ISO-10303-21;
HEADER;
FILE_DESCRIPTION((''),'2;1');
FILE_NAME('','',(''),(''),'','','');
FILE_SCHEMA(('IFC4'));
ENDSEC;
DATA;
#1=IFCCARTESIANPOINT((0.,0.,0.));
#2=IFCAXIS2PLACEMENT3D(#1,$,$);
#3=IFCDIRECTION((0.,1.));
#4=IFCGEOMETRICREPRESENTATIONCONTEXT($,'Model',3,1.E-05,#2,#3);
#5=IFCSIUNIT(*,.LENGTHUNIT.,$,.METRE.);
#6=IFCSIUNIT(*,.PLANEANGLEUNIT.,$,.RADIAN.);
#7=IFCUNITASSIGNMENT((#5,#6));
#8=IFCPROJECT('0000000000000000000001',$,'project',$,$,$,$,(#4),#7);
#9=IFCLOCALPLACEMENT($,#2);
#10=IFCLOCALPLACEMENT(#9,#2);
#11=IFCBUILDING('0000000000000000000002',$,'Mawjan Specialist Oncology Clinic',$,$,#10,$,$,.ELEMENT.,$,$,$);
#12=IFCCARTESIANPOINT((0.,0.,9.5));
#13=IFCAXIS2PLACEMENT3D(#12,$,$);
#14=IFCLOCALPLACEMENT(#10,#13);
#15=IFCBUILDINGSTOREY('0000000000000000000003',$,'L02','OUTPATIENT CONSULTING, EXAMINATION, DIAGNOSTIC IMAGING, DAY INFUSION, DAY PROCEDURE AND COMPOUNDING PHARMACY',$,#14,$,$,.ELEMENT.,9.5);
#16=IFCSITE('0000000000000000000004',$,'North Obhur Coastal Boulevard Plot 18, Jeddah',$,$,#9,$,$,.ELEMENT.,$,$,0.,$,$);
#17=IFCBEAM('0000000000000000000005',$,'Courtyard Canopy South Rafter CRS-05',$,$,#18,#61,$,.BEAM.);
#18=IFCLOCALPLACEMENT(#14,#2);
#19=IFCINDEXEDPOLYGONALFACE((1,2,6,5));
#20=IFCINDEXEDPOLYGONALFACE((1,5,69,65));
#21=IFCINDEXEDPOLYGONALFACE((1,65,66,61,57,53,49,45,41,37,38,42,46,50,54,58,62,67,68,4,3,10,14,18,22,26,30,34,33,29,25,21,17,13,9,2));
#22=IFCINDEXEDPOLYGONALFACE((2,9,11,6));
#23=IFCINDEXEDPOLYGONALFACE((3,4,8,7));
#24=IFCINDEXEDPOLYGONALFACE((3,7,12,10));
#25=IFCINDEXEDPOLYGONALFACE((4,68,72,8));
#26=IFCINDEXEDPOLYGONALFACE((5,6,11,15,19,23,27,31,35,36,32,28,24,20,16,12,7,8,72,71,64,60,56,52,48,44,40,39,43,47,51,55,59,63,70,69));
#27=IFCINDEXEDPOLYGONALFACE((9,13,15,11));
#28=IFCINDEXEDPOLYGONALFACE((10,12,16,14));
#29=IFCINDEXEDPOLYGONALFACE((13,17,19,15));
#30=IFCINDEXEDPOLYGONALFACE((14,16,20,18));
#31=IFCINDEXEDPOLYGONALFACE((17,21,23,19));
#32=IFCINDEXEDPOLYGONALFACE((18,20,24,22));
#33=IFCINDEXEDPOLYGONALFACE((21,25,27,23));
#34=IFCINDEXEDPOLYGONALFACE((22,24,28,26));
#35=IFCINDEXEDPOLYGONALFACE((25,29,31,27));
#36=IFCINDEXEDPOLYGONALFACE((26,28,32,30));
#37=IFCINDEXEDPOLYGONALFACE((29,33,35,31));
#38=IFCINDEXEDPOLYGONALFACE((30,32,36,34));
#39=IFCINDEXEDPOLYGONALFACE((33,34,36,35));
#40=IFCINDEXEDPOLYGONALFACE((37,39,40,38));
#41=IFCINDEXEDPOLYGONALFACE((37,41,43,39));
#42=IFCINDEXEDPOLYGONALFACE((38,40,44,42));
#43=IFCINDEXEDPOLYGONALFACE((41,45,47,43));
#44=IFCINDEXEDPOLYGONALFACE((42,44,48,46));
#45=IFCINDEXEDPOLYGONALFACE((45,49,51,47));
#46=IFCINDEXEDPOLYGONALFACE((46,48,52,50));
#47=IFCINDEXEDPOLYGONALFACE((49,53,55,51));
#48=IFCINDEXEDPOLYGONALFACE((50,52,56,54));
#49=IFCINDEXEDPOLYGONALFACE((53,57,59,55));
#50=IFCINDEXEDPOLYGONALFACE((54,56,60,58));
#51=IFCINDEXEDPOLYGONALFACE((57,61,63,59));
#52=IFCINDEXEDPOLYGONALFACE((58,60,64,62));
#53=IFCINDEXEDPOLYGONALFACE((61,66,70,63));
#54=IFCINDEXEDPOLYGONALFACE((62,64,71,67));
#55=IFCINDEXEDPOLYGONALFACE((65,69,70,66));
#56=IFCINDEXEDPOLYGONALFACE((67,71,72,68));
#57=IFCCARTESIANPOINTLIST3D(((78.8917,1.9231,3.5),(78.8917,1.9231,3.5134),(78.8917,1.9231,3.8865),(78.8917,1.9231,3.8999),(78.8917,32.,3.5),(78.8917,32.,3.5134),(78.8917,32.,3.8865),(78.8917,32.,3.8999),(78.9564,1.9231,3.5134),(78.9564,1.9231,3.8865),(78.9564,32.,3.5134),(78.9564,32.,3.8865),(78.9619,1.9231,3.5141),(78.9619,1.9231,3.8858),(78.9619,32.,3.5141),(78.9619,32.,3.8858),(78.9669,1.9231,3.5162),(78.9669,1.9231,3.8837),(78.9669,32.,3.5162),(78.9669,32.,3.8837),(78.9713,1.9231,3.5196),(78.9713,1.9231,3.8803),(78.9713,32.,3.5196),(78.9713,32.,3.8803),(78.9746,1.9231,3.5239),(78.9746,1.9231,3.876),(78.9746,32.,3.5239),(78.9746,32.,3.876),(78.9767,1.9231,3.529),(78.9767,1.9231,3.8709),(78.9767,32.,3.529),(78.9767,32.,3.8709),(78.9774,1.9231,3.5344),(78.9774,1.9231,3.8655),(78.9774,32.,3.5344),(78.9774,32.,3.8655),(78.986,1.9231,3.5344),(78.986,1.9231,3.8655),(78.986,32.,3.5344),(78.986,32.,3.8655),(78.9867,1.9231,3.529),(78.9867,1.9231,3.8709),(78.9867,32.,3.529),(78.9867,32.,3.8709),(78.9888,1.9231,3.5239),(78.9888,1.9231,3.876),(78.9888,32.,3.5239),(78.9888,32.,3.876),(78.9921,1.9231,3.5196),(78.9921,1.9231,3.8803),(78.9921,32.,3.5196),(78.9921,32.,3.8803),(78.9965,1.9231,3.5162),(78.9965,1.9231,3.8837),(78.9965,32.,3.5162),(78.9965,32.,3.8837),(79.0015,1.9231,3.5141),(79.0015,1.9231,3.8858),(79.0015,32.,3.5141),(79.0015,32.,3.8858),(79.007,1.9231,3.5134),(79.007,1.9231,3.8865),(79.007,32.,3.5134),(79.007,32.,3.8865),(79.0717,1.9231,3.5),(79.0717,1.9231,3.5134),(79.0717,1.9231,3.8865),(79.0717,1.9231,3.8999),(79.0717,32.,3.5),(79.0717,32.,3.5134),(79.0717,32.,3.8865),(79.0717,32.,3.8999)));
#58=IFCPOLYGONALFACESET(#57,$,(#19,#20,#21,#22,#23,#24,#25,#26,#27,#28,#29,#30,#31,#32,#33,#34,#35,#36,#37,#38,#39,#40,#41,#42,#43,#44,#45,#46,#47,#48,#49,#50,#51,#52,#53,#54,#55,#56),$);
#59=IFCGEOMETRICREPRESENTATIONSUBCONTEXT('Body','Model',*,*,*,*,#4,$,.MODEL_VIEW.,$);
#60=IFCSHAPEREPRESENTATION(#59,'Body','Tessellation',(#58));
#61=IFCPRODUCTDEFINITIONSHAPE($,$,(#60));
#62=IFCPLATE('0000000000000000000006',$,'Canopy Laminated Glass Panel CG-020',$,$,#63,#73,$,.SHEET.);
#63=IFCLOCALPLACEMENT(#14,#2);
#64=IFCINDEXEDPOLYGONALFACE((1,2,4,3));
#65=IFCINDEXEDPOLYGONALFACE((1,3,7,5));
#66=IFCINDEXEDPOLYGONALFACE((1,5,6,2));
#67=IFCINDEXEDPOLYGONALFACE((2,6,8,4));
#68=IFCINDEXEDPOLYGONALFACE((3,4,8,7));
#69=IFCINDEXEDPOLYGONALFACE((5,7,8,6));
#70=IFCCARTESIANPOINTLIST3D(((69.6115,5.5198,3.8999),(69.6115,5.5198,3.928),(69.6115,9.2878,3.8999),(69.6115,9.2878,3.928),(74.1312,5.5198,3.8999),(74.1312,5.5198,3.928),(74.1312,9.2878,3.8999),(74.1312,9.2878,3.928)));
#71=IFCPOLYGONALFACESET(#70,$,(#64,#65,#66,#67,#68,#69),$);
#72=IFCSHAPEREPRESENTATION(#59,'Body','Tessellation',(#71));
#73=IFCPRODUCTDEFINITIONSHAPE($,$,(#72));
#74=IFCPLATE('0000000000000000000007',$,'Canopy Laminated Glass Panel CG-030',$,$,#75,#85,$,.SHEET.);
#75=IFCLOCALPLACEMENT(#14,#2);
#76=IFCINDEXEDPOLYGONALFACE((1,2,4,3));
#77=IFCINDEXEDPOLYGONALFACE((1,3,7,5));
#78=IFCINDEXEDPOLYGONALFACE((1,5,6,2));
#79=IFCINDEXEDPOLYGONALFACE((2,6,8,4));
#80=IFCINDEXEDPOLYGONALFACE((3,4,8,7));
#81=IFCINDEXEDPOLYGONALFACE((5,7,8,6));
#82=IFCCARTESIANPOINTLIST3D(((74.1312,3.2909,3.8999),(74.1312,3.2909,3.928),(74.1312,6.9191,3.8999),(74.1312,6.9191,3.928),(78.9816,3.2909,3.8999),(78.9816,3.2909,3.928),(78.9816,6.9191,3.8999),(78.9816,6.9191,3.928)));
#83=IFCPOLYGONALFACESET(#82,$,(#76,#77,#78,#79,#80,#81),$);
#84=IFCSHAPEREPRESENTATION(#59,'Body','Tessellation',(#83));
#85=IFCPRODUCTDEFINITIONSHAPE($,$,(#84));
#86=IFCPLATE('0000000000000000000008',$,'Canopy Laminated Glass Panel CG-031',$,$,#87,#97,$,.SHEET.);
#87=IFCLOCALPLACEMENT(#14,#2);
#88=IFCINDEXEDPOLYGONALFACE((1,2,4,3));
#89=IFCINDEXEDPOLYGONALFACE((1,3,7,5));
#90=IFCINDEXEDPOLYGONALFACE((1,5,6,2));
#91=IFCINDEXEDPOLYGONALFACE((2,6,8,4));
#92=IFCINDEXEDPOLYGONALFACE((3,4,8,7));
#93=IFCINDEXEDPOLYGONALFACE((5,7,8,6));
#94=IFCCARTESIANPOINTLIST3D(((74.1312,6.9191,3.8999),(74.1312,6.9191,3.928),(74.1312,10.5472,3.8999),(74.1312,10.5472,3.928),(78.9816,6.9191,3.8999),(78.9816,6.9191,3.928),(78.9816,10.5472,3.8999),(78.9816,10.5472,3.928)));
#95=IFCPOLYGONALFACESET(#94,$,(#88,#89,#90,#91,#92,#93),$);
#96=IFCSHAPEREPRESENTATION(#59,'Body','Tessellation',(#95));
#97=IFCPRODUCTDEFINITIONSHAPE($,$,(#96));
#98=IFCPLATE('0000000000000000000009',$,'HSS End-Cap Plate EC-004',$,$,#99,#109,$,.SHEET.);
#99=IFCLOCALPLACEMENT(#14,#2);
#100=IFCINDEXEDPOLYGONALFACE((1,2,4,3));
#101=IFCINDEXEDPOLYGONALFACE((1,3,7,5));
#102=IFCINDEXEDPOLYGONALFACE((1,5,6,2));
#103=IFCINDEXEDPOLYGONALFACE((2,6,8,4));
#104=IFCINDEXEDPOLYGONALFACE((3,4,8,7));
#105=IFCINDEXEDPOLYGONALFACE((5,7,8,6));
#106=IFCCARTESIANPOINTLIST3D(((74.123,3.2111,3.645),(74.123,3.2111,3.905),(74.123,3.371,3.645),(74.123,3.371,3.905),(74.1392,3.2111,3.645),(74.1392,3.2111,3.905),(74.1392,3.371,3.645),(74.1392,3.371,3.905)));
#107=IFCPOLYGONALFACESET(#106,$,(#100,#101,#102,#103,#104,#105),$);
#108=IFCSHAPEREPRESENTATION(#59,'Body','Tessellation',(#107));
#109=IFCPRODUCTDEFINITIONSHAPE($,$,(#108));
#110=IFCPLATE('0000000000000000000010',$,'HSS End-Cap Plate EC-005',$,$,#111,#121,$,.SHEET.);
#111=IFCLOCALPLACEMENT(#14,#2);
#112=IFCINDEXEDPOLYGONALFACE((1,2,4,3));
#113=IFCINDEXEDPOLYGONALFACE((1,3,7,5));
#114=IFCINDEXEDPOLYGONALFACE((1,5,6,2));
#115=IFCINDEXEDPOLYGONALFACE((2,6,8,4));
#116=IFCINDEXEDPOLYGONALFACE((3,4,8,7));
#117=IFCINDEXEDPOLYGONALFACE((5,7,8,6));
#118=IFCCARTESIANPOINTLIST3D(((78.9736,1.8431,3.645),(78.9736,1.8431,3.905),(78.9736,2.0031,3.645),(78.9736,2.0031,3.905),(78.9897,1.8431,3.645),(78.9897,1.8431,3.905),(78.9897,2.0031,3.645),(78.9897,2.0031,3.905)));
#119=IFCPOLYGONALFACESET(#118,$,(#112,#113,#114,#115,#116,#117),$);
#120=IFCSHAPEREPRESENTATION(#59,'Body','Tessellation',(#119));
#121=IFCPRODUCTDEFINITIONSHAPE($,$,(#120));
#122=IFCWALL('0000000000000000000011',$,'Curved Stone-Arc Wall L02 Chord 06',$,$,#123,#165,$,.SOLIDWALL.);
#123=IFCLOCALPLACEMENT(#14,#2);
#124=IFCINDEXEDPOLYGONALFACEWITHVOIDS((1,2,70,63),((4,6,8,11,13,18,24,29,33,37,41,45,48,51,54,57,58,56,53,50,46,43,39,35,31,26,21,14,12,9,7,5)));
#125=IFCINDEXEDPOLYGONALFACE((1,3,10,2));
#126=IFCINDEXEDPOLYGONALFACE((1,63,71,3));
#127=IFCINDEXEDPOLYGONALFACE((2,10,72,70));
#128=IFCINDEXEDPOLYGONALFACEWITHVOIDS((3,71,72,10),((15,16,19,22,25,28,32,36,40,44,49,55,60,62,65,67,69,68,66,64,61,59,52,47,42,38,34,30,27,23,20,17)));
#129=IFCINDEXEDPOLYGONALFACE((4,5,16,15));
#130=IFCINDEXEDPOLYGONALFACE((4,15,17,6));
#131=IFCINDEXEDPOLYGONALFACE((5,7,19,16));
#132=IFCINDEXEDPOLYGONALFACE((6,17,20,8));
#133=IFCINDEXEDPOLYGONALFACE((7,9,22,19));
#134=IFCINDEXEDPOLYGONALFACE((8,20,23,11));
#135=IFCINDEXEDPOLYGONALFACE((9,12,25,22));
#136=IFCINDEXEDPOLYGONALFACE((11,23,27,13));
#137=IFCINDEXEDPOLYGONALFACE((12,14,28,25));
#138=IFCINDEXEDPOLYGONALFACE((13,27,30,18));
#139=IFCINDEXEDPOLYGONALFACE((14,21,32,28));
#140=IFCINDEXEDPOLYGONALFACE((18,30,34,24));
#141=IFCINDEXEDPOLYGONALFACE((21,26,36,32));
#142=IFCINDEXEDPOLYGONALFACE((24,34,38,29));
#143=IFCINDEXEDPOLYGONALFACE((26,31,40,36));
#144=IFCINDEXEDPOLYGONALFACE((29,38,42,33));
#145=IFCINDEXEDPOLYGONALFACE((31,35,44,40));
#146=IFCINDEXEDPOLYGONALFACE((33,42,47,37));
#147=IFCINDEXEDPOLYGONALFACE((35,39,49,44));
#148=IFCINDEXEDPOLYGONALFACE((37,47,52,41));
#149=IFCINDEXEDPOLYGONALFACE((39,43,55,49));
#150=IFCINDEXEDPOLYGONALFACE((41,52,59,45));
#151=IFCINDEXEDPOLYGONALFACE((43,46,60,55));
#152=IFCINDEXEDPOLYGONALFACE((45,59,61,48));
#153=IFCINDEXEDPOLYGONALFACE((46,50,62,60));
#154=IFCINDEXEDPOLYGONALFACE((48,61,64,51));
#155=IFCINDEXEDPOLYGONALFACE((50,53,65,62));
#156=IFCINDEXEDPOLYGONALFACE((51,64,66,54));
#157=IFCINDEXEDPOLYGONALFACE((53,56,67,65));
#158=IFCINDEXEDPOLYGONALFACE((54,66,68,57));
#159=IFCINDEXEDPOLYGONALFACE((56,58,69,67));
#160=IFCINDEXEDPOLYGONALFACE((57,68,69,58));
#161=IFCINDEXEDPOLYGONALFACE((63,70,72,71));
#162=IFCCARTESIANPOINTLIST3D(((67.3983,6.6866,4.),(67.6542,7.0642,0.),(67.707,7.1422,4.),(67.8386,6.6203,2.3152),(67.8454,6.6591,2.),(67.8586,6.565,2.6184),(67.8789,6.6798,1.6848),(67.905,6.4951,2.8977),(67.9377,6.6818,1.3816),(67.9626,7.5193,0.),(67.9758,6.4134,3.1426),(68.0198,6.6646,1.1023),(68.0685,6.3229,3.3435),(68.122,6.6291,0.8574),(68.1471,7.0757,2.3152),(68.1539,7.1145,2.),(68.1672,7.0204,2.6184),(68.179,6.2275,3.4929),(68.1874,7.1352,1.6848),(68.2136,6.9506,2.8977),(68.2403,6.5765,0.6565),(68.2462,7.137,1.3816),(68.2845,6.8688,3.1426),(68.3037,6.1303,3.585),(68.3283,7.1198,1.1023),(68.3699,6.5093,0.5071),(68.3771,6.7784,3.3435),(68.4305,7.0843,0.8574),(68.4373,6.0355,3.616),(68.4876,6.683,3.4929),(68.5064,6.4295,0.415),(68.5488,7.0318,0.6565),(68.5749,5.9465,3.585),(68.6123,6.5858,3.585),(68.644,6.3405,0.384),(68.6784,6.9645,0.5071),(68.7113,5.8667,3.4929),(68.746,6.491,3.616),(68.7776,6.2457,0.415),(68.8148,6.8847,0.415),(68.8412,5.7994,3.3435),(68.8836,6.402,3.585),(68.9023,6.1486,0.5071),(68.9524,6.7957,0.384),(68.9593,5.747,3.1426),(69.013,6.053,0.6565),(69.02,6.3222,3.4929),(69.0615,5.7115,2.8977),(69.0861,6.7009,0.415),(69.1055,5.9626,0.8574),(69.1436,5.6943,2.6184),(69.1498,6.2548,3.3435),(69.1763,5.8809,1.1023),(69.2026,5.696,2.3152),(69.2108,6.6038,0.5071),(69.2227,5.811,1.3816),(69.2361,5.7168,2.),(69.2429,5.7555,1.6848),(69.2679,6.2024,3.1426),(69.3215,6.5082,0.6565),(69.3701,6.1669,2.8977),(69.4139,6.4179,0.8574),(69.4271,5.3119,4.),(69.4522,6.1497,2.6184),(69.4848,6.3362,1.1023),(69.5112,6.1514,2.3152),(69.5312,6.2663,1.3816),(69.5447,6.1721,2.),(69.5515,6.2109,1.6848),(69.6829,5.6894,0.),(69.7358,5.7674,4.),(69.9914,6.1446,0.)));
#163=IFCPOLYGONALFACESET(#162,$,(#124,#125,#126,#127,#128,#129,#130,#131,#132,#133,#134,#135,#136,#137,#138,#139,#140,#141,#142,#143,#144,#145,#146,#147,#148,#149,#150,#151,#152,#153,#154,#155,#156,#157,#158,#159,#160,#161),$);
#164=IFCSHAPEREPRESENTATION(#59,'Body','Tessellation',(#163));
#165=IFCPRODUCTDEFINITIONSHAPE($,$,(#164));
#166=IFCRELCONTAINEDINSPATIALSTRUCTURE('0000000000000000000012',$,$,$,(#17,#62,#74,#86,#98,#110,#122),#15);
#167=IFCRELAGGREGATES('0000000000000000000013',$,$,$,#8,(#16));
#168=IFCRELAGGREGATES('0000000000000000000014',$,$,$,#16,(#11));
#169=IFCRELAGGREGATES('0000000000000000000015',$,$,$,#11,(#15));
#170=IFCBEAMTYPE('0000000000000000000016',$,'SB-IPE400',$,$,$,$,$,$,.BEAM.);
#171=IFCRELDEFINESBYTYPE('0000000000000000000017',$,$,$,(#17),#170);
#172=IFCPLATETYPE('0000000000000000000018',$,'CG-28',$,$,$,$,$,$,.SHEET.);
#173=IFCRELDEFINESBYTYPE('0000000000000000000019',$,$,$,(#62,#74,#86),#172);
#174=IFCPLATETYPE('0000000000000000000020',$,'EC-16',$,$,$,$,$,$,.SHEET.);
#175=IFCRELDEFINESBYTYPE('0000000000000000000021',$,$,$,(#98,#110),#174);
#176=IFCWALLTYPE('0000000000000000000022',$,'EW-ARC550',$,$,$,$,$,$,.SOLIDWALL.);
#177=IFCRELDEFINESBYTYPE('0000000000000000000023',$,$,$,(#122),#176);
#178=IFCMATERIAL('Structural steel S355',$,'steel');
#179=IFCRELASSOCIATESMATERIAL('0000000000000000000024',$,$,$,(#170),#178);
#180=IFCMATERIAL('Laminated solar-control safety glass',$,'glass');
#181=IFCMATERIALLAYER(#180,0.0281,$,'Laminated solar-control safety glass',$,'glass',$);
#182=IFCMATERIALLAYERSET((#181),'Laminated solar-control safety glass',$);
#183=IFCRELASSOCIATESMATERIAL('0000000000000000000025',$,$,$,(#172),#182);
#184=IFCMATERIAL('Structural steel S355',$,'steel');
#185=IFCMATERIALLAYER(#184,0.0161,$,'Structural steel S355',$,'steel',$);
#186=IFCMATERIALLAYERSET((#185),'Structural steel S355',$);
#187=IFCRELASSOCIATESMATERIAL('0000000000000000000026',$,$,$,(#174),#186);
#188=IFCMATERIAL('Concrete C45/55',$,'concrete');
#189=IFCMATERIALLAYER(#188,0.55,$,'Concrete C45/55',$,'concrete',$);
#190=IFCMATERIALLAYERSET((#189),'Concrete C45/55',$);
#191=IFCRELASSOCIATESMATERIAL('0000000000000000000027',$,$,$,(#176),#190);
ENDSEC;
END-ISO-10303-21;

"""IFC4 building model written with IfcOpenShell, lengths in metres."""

from ifc_helpers import new_model, si_unit, direction, frame, origin, origin_2d, place, context, subcontext, project, spatial, polyline, rectangle, i_section, outline, extrude, material, layer, layer_set, material_profile, profile_set, type_object, element, save


model = new_model("IFC4")

# Units and contexts
model_context = context("Model", 3, precision=1e-05, world=origin(), true_north=direction((0.0, 1.0)))
body_context = subcontext(model_context, "Body", "Model", "MODEL_VIEW")
ifc_project = project(units=[si_unit("LENGTHUNIT", "METRE"), si_unit("PLANEANGLEUNIT", "RADIAN")], contexts=[model_context])

# Site, building, storey
site_placement = place(None, origin())
site = spatial("IfcSite", under=ifc_project, at=site_placement, Name="North Obhur Coastal Boulevard Plot 18, Jeddah", CompositionType="ELEMENT", RefElevation=0.0)
building_placement = place(site_placement, origin())
building = spatial("IfcBuilding", under=site, at=building_placement, Name="Mawjan Specialist Oncology Clinic", CompositionType="ELEMENT")
storey_placement = place(building_placement, frame((0.0, 0.0, 9.5)))
storey = spatial("IfcBuildingStorey", under=building, at=storey_placement, Name="L02", Description="OUTPATIENT CONSULTING, EXAMINATION, DIAGNOSTIC IMAGING, DAY INFUSION, DAY PROCEDURE AND COMPOUNDING PHARMACY", CompositionType="ELEMENT", Elevation=9.5)

# Beam
ifc_material_1 = material(Name="Structural steel S355", Category="steel")
ifc_material_profile_1 = material_profile(ifc_material_1, i_section(OverallWidth=0.1799, OverallDepth=0.3999, WebThickness=0.0085, FlangeThickness=0.0134, FilletRadius=0.021, at=origin_2d()), Name="IPE 400", Category="steel")
ifc_profile_set_1 = profile_set([ifc_material_profile_1], Name="Structural steel S355")
beam_type = type_object("IfcBeamType", Name="SB-IPE400", PredefinedType="BEAM", material=ifc_profile_set_1)
beam_1_placement = place(storey_placement, frame((78.9817, 1.9231, 3.7), z_axis=(0.0, 1.0, 0.0), x_axis=(-1.0, 0.0, 0.0)))
element("IfcBeam", 1, at=beam_1_placement, inside=storey, type_object=beam_type, Name="Courtyard Canopy South Rafter CRS-05", PredefinedType="BEAM", context=body_context, shape_type="SweptSolid", body=[
    extrude(i_section(OverallWidth=0.1799, OverallDepth=0.3999, WebThickness=0.0085, FlangeThickness=0.0134, FilletRadius=0.021, at=origin_2d()), origin(), (0.0, 0.0, 1.0), 30.0769),
])

# Plates
ifc_material_2 = material(Name="Laminated solar-control safety glass", Category="glass")
ifc_layer_1 = layer(ifc_material_2, 0.0281, Name="Laminated solar-control safety glass", Category="glass")
ifc_layer_set_1 = layer_set([ifc_layer_1], Name="Laminated solar-control safety glass")
plate_type_1 = type_object("IfcPlateType", Name="CG-28", PredefinedType="SHEET", material=ifc_layer_set_1)
plate_placement = place(storey_placement, frame((71.8713, 7.4038, 3.8999), z_axis=(0.0, 0.0, 1.0), x_axis=(1.0, 0.0, 0.0)))
element("IfcPlate", 2, at=plate_placement, inside=storey, type_object=plate_type_1, Name="Canopy Laminated Glass Panel CG-020", PredefinedType="SHEET", context=body_context, shape_type="SweptSolid", body=[
    extrude(rectangle(XDim=4.5198, YDim=3.7681, at=origin_2d()), origin(), (0.0, 0.0, 1.0), 0.0281),
])
for number, where, z_axis, x_axis, name in (
    (3, (76.5564, 5.105, 3.8999), (0.0, 0.0, 1.0), (1.0, 0.0, 0.0), "Canopy Laminated Glass Panel CG-030"),
    (4, (76.5564, 8.7332, 3.8999), (0.0, 0.0, 1.0), (1.0, 0.0, 0.0), "Canopy Laminated Glass Panel CG-031"),
):
    element("IfcPlate", number, at=place(storey_placement, frame(where, z_axis=z_axis, x_axis=x_axis)), inside=storey, type_object=plate_type_1, Name=name, PredefinedType="SHEET", context=body_context, shape_type="SweptSolid", body=[
        extrude(rectangle(XDim=4.8503, YDim=3.6282, at=origin_2d()), origin(), (0.0, 0.0, 1.0), 0.0281),
    ])
ifc_material_3 = material(Name="Structural steel S355", Category="steel")
ifc_layer_2 = layer(ifc_material_3, 0.0161, Name="Structural steel S355", Category="steel")
ifc_layer_set_2 = layer_set([ifc_layer_2], Name="Structural steel S355")
plate_type_2 = type_object("IfcPlateType", Name="EC-16", PredefinedType="SHEET", material=ifc_layer_set_2)
for number, where, z_axis, x_axis, name in (
    (5, (74.1311, 3.291, 3.645), (0.0, 0.0, 1.0), (1.0, 0.0, 0.0), "HSS End-Cap Plate EC-004"),
    (6, (78.9817, 1.9231, 3.645), (0.0, 0.0, 1.0), (1.0, 0.0, 0.0), "HSS End-Cap Plate EC-005"),
):
    element("IfcPlate", number, at=place(storey_placement, frame(where, z_axis=z_axis, x_axis=x_axis)), inside=storey, type_object=plate_type_2, Name=name, PredefinedType="SHEET", context=body_context, shape_type="SweptSolid", body=[
        extrude(rectangle(XDim=0.0161, YDim=0.1599, at=origin_2d()), origin(), (0.0, 0.0, 1.0), 0.26),
    ])

# Wall, opening
ifc_material_4 = material(Name="Concrete C45/55", Category="concrete")
ifc_layer_3 = layer(ifc_material_4, 0.55, Name="Concrete C45/55", Category="concrete")
ifc_layer_set_3 = layer_set([ifc_layer_3], Name="Concrete C45/55")
wall_type = type_object("IfcWallType", Name="EW-ARC550", PredefinedType="SOLIDWALL", material=ifc_layer_set_3)
wall_1_placement = place(storey_placement, frame((69.8372, 5.917, 0.0), z_axis=(0.0, 0.0, 1.0), x_axis=(-0.827843, 0.56096, 0.0)))
wall_1 = element("IfcWall", 7, at=wall_1_placement, inside=storey, type_object=wall_type, Name="Curved Stone-Arc Wall L02 Chord 06", PredefinedType="SOLIDWALL", context=body_context, shape_type="SweptSolid", body=[
    extrude(outline(polyline([(-0.2749, 0.0), (0.2749, 0.0), (0.731, 4.0), (0.1807, 4.0), (-0.2749, 0.0)])), frame((0.0, 0.0, 0.0), z_axis=(1.0, 0.0, 0.0), x_axis=(0.0, 1.0, 0.0)), (0.0, 0.0, 1.0), 2.4507),
])
opening_1_placement = place(wall_1_placement, origin())
element("IfcOpeningElement", 8, at=opening_1_placement, cuts=wall_1, PredefinedType="OPENING", context=body_context, shape_type="SweptSolid", body=[
    extrude(outline(polyline([(2.0652, 2.0), (2.0491, 2.3152), (2.0015, 2.6184), (1.9238, 2.8977), (1.8193, 3.1426), (1.6919, 3.3435), (1.5469, 3.4929), (1.3892, 3.585), (1.2253, 3.616), (1.0615, 3.585), (0.9038, 3.4929), (0.7585, 3.3435), (0.6313, 3.1426), (0.5269, 2.8977), (0.4492, 2.6184), (0.4014, 2.3152), (0.3853, 2.0), (0.4014, 1.6848), (0.4492, 1.3816), (0.5269, 1.1023), (0.6313, 0.8574), (0.7585, 0.6565), (0.9038, 0.5071), (1.0615, 0.415), (1.2253, 0.384), (1.3892, 0.415), (1.5469, 0.5071), (1.6919, 0.6565), (1.8193, 0.8574), (1.9238, 1.1023), (2.0015, 1.3816), (2.0491, 1.6848), (2.0652, 2.0)])), frame((0.0, 0.7507, 0.0), z_axis=(0.0, -1.0, 0.0), x_axis=(1.0, 0.0, 0.0)), (0.0, 0.0, 1.0), 1.0459),
])

save(model, "model.ifc")
